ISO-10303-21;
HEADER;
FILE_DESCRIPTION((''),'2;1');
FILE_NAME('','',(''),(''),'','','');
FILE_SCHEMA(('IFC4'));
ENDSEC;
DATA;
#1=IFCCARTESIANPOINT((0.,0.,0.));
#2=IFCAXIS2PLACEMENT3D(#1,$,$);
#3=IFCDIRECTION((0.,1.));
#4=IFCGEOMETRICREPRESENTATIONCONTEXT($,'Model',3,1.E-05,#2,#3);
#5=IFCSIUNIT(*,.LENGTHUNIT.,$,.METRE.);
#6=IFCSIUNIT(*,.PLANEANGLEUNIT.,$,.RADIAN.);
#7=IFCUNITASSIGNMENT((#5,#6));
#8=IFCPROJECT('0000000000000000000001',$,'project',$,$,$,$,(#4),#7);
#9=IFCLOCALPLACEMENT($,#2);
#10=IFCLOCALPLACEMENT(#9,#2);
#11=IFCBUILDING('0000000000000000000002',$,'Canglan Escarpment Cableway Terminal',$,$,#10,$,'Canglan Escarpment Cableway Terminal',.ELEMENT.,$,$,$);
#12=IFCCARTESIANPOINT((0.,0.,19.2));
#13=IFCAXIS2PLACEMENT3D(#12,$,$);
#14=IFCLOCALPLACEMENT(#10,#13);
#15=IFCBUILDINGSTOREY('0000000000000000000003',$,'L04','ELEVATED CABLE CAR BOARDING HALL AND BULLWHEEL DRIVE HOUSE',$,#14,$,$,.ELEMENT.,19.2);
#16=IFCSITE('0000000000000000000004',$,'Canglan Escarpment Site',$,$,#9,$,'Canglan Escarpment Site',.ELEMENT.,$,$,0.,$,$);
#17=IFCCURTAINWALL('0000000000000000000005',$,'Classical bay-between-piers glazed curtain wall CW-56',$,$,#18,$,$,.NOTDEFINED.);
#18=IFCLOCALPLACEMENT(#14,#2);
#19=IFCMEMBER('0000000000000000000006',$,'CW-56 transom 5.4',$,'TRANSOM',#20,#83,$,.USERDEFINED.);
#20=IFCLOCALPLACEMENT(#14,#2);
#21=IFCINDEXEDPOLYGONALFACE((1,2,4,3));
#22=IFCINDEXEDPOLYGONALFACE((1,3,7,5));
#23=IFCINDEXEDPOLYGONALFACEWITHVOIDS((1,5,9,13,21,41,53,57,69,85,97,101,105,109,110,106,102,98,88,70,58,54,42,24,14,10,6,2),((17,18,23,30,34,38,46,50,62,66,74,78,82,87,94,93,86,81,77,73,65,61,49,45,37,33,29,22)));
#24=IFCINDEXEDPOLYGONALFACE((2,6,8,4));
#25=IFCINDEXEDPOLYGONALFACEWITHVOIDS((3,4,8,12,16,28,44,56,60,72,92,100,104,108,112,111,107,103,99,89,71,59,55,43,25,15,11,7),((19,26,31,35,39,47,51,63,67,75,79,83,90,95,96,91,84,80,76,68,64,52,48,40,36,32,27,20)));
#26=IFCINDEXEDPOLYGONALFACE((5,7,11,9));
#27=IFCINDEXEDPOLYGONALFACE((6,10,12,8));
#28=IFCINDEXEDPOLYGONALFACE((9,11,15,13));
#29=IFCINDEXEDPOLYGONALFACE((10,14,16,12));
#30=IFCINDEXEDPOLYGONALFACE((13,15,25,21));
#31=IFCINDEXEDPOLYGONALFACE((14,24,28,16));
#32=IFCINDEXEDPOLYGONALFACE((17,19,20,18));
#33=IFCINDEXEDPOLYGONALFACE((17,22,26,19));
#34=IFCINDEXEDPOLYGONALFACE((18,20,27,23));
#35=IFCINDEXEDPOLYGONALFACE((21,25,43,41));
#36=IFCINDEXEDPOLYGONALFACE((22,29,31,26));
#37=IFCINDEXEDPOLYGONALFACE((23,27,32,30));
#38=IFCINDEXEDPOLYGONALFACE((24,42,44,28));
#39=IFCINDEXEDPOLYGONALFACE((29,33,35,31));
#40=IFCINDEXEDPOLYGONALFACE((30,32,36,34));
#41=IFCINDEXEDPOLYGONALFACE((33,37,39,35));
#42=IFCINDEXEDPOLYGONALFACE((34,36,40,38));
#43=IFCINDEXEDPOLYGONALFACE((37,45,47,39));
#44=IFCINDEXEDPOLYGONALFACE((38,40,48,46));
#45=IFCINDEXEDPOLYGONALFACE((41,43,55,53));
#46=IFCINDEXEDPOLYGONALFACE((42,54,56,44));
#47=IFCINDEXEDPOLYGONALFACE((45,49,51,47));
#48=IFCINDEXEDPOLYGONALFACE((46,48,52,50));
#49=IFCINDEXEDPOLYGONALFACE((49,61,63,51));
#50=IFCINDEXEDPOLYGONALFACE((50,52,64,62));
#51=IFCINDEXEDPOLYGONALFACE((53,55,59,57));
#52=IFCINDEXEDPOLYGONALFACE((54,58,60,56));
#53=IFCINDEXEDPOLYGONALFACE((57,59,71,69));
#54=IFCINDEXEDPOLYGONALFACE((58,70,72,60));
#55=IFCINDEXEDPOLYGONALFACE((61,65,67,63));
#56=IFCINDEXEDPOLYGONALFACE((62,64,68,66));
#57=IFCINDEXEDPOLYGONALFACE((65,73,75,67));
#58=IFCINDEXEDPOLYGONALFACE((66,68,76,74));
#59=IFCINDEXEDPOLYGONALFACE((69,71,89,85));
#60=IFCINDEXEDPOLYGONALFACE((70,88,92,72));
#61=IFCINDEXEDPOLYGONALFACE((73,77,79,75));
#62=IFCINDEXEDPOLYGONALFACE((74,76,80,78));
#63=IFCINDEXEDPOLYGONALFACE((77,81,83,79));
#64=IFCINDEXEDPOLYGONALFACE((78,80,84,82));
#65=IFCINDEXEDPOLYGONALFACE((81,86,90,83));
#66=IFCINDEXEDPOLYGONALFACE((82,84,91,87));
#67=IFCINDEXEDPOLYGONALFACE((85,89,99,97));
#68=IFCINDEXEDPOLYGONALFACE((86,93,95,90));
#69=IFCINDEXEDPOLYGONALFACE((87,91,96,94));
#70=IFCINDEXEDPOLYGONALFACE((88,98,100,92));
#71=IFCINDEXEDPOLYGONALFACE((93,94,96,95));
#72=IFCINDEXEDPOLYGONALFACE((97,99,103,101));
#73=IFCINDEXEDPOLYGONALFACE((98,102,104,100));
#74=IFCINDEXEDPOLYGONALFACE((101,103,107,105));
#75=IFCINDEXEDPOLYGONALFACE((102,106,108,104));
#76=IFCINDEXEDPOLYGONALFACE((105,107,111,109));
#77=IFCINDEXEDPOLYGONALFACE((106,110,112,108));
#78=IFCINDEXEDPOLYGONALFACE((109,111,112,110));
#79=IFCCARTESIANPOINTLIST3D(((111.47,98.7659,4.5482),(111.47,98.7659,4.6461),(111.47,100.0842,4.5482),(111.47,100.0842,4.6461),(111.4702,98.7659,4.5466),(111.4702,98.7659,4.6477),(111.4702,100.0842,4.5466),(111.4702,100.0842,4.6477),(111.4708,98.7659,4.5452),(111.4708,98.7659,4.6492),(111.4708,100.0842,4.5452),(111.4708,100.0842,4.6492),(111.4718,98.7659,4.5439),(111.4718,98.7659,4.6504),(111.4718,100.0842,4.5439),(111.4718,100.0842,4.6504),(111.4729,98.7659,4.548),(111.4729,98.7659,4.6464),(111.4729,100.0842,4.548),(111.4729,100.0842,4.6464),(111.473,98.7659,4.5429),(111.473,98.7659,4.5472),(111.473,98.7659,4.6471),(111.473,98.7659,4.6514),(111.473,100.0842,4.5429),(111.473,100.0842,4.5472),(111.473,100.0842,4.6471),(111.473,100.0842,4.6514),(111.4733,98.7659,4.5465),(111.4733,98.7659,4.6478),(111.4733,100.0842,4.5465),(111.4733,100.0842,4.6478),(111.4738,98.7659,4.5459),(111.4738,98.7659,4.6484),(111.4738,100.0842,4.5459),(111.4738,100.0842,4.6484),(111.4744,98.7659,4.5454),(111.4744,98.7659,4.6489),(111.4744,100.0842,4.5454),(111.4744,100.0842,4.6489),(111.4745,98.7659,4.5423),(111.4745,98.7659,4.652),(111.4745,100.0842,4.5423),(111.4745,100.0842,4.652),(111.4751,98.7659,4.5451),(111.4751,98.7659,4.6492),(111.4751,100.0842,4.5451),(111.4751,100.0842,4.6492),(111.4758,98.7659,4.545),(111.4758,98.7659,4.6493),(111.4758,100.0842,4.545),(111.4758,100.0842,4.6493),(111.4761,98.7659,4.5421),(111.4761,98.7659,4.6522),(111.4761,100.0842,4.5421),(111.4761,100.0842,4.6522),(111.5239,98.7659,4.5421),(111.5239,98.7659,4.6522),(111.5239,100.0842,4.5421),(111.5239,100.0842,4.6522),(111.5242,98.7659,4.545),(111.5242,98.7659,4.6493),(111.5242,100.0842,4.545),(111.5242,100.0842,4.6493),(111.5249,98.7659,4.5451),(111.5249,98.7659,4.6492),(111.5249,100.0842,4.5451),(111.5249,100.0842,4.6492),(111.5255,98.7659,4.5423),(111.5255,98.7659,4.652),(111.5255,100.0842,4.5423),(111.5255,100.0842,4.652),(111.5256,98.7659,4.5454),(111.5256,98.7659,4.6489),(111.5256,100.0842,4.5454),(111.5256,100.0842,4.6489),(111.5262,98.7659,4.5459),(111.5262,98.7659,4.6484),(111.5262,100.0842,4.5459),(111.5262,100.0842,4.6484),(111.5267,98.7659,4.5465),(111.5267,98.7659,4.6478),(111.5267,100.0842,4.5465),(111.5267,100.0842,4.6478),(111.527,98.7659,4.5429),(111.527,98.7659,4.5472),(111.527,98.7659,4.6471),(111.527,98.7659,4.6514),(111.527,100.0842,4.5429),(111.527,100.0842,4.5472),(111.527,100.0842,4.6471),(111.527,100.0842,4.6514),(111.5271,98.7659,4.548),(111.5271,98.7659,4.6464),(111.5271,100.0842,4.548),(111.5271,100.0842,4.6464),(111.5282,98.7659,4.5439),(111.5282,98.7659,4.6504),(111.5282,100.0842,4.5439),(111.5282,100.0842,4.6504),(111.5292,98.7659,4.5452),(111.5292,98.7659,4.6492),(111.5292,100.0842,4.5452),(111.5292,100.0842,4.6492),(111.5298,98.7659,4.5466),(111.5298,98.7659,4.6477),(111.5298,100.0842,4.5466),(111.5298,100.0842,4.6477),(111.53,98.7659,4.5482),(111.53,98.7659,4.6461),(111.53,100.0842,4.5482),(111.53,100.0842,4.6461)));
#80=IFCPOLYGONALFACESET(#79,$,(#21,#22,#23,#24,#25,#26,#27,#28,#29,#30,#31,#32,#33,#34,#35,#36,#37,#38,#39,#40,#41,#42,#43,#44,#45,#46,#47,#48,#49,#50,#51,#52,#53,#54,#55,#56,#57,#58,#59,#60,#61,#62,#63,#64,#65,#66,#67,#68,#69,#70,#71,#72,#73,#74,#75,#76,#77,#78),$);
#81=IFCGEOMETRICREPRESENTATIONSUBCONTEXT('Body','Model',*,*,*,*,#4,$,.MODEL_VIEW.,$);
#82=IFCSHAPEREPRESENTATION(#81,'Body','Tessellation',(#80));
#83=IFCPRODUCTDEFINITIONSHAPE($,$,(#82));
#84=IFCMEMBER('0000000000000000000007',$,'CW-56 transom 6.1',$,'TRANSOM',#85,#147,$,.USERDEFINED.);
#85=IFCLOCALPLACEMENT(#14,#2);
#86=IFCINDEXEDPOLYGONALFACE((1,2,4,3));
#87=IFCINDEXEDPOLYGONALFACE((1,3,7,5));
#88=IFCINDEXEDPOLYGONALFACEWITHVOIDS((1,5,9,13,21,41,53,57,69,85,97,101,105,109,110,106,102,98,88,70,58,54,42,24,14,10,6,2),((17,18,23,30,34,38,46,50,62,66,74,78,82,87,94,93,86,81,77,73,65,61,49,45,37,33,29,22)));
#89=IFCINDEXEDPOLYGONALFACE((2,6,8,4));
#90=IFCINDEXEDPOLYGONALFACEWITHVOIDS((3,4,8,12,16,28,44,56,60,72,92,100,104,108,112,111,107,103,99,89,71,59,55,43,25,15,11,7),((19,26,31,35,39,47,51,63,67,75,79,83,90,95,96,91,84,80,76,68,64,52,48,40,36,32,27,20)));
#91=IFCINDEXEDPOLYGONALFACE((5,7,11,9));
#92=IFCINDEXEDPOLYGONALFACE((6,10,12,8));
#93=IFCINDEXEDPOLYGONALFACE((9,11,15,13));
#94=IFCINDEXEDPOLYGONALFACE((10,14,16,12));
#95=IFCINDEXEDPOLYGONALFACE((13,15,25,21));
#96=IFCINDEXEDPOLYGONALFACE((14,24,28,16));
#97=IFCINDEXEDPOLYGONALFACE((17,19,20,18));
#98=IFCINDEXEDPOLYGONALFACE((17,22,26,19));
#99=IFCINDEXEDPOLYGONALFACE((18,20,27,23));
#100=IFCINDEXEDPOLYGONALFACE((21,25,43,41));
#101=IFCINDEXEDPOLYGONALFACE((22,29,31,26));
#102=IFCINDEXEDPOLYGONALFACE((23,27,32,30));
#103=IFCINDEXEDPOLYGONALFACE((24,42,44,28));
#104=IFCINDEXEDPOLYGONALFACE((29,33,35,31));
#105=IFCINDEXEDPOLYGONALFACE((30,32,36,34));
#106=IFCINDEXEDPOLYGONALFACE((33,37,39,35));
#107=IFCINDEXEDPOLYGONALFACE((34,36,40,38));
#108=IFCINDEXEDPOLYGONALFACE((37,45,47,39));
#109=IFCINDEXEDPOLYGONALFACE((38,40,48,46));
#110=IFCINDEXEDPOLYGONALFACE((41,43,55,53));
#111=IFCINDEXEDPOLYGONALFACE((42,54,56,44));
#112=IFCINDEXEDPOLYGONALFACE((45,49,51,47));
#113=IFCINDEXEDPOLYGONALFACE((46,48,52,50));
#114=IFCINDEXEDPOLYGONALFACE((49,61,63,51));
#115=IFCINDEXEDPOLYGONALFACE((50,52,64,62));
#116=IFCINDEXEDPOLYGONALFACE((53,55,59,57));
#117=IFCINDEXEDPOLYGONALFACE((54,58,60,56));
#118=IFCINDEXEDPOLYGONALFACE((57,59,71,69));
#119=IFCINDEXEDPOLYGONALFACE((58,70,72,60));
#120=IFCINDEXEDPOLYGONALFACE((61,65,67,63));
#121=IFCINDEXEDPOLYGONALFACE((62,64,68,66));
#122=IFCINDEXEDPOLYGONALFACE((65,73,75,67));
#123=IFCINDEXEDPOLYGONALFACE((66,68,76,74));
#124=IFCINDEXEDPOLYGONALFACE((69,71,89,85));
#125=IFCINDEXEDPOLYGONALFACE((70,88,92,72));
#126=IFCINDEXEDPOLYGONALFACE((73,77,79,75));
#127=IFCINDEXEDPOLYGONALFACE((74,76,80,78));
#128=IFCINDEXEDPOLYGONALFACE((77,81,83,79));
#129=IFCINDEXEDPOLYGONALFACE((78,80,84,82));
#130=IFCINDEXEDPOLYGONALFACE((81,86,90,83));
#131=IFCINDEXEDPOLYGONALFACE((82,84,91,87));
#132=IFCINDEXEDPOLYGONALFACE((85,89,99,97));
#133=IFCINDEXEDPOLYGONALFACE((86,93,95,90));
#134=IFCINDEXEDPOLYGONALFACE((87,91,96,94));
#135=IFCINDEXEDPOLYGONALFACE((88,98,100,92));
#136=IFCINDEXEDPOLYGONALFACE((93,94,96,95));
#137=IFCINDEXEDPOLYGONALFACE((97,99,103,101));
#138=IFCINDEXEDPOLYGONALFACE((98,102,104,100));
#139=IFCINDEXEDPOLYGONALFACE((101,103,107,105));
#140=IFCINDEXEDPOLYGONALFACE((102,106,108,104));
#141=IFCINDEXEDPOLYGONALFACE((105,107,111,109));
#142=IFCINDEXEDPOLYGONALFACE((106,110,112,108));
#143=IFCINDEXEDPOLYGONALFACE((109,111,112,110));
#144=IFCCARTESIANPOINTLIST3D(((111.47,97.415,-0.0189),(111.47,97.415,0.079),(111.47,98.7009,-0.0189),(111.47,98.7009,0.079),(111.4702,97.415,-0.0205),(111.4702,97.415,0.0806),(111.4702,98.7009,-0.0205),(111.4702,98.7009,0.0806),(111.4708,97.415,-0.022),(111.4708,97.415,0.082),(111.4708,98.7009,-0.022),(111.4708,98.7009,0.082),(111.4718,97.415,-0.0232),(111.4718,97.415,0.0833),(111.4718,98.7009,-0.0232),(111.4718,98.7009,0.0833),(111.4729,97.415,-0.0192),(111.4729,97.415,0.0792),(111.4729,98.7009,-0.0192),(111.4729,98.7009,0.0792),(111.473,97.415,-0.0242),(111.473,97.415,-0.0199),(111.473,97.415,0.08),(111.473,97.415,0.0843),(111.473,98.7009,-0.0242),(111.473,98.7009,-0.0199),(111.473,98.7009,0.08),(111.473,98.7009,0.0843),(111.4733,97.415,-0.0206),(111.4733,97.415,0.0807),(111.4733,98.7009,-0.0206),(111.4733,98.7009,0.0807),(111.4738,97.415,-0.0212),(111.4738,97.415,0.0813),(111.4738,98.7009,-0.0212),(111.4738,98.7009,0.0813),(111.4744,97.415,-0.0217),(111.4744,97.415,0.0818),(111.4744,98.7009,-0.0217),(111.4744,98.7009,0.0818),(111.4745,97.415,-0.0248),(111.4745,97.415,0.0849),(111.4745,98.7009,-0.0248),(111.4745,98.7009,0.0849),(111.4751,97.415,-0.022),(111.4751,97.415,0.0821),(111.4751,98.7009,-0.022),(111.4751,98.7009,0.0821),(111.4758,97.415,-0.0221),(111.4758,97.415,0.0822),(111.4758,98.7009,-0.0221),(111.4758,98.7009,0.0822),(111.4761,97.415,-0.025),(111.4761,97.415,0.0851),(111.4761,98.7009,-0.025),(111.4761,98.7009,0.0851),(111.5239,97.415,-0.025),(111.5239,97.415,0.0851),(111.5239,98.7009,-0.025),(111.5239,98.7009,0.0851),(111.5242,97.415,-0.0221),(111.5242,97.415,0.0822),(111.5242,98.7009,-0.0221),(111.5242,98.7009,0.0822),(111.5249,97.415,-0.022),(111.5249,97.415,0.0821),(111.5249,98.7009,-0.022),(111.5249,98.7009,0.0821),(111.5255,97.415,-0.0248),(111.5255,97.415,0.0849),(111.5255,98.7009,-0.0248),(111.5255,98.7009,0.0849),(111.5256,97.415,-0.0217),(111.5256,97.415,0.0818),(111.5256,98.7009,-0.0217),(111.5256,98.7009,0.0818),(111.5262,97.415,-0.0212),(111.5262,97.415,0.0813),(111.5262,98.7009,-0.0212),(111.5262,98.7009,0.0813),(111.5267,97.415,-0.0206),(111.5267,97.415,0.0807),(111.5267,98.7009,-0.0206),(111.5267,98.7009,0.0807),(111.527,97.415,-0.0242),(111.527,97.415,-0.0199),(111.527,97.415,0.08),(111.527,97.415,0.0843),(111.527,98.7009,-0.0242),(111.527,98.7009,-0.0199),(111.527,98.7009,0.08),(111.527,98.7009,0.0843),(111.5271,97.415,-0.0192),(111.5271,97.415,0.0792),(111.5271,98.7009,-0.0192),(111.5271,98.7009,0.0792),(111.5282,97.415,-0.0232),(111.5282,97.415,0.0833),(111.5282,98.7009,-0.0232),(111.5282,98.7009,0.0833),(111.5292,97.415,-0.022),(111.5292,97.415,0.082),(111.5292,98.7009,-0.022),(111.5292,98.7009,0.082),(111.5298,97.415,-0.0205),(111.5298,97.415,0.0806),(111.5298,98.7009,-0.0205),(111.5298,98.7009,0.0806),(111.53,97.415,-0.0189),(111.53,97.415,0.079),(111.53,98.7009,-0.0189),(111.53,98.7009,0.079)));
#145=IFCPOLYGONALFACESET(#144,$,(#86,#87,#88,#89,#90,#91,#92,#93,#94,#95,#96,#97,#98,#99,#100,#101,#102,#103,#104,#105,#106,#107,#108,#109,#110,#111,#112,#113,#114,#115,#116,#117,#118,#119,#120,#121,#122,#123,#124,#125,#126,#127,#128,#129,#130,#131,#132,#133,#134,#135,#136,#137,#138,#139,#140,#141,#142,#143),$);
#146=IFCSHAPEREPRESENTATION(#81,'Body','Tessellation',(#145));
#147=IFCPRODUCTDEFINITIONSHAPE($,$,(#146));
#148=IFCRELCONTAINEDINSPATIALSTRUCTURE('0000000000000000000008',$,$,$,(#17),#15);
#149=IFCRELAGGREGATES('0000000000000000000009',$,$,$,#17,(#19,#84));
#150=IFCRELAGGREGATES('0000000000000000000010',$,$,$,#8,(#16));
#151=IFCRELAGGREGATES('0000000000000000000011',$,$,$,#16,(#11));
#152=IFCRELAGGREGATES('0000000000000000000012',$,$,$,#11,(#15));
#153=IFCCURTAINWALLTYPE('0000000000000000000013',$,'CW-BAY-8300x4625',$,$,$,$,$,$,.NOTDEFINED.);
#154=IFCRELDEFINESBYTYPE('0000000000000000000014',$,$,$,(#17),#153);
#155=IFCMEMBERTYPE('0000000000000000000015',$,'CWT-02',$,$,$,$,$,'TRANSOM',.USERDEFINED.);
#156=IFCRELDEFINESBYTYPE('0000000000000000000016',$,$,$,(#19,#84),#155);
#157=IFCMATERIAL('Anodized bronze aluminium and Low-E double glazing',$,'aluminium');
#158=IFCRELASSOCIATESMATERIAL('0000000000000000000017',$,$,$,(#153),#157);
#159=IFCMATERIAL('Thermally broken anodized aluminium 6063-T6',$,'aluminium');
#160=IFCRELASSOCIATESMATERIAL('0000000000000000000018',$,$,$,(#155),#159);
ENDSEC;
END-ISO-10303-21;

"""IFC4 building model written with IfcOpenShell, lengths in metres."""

from ifc_helpers import new_model, si_unit, direction, frame, origin, origin_2d, place, context, subcontext, project, spatial, hollow_rectangle, extrude, material, material_profile, profile_set, type_object, element, aggregate, save


model = new_model("IFC4")

# Units and contexts
model_context = context("Model", 3, precision=1e-05, world=origin(), true_north=direction((0.0, 1.0)))
body_context = subcontext(model_context, "Body", "Model", "MODEL_VIEW")
ifc_project = project(units=[si_unit("LENGTHUNIT", "METRE"), si_unit("PLANEANGLEUNIT", "RADIAN")], contexts=[model_context])

# Site, building, storey
site_placement = place(None, origin())
site = spatial("IfcSite", under=ifc_project, at=site_placement, Name="Canglan Escarpment Site", LongName="Canglan Escarpment Site", CompositionType="ELEMENT", RefElevation=0.0)
building_placement = place(site_placement, origin())
building = spatial("IfcBuilding", under=site, at=building_placement, Name="Canglan Escarpment Cableway Terminal", LongName="Canglan Escarpment Cableway Terminal", CompositionType="ELEMENT")
storey_placement = place(building_placement, frame((0.0, 0.0, 19.2)))
storey = spatial("IfcBuildingStorey", under=building, at=storey_placement, Name="L04", Description="ELEVATED CABLE CAR BOARDING HALL AND BULLWHEEL DRIVE HOUSE", CompositionType="ELEMENT", Elevation=19.2)

# Curtain wall
ifc_material_1 = material(Name="Anodized bronze aluminium and Low-E double glazing", Category="aluminium")
ifc_material_2 = material(Name="Thermally broken anodized aluminium 6063-T6", Category="aluminium")
curtain_wall_type_1 = type_object("IfcCurtainWallType", Name="CW-BAY-8300x4625", PredefinedType="NOTDEFINED", material=ifc_material_1)
curtain_wall_1_placement = place(storey_placement, origin())
curtain_wall_1 = element("IfcCurtainWall", 1, at=curtain_wall_1_placement, inside=storey, type_object=curtain_wall_type_1, Name="Classical bay-between-piers glazed curtain wall CW-56", PredefinedType="NOTDEFINED")

# Members
ifc_material_profile_1 = material_profile(ifc_material_2, hollow_rectangle(XDim=0.0601, YDim=0.1101, WallThickness=0.0029, InnerFilletRadius=0.0029, OuterFilletRadius=0.0061, at=origin_2d()), Name="ALU-TRAN 60x110x3")
ifc_profile_set_1 = profile_set([ifc_material_profile_1], Name="Thermally broken anodized aluminium 6063-T6")
member_type_1 = type_object("IfcMemberType", Name="CWT-02", ElementType="TRANSOM", PredefinedType="USERDEFINED", material=ifc_profile_set_1)
member_1_placement = place(storey_placement, frame((111.5, 100.0842, 4.5972), z_axis=(0.0, -1.0, 0.0), x_axis=(1.0, 0.0, 0.0)))
member_1 = element("IfcMember", 2, at=member_1_placement, type_object=member_type_1, Name="CW-56 transom 5.4", ObjectType="TRANSOM", PredefinedType="USERDEFINED", context=body_context, shape_type="SweptSolid", body=[
    extrude(hollow_rectangle(XDim=0.0601, YDim=0.1101, WallThickness=0.0029, InnerFilletRadius=0.0029, OuterFilletRadius=0.0061, at=origin_2d()), origin(), (0.0, 0.0, 1.0), 1.3184),
])
member_2_placement = place(storey_placement, frame((111.5, 98.7009, 0.03), z_axis=(0.0, -1.0, 0.0), x_axis=(1.0, 0.0, 0.0)))
member_2 = element("IfcMember", 3, at=member_2_placement, type_object=member_type_1, Name="CW-56 transom 6.1", ObjectType="TRANSOM", PredefinedType="USERDEFINED", context=body_context, shape_type="SweptSolid", body=[
    extrude(hollow_rectangle(XDim=0.0601, YDim=0.1101, WallThickness=0.0029, InnerFilletRadius=0.0029, OuterFilletRadius=0.0061, at=origin_2d()), origin(), (0.0, 0.0, 1.0), 1.2859),
])

aggregate(curtain_wall_1, [member_1, member_2])

save(model, "model.ifc")
